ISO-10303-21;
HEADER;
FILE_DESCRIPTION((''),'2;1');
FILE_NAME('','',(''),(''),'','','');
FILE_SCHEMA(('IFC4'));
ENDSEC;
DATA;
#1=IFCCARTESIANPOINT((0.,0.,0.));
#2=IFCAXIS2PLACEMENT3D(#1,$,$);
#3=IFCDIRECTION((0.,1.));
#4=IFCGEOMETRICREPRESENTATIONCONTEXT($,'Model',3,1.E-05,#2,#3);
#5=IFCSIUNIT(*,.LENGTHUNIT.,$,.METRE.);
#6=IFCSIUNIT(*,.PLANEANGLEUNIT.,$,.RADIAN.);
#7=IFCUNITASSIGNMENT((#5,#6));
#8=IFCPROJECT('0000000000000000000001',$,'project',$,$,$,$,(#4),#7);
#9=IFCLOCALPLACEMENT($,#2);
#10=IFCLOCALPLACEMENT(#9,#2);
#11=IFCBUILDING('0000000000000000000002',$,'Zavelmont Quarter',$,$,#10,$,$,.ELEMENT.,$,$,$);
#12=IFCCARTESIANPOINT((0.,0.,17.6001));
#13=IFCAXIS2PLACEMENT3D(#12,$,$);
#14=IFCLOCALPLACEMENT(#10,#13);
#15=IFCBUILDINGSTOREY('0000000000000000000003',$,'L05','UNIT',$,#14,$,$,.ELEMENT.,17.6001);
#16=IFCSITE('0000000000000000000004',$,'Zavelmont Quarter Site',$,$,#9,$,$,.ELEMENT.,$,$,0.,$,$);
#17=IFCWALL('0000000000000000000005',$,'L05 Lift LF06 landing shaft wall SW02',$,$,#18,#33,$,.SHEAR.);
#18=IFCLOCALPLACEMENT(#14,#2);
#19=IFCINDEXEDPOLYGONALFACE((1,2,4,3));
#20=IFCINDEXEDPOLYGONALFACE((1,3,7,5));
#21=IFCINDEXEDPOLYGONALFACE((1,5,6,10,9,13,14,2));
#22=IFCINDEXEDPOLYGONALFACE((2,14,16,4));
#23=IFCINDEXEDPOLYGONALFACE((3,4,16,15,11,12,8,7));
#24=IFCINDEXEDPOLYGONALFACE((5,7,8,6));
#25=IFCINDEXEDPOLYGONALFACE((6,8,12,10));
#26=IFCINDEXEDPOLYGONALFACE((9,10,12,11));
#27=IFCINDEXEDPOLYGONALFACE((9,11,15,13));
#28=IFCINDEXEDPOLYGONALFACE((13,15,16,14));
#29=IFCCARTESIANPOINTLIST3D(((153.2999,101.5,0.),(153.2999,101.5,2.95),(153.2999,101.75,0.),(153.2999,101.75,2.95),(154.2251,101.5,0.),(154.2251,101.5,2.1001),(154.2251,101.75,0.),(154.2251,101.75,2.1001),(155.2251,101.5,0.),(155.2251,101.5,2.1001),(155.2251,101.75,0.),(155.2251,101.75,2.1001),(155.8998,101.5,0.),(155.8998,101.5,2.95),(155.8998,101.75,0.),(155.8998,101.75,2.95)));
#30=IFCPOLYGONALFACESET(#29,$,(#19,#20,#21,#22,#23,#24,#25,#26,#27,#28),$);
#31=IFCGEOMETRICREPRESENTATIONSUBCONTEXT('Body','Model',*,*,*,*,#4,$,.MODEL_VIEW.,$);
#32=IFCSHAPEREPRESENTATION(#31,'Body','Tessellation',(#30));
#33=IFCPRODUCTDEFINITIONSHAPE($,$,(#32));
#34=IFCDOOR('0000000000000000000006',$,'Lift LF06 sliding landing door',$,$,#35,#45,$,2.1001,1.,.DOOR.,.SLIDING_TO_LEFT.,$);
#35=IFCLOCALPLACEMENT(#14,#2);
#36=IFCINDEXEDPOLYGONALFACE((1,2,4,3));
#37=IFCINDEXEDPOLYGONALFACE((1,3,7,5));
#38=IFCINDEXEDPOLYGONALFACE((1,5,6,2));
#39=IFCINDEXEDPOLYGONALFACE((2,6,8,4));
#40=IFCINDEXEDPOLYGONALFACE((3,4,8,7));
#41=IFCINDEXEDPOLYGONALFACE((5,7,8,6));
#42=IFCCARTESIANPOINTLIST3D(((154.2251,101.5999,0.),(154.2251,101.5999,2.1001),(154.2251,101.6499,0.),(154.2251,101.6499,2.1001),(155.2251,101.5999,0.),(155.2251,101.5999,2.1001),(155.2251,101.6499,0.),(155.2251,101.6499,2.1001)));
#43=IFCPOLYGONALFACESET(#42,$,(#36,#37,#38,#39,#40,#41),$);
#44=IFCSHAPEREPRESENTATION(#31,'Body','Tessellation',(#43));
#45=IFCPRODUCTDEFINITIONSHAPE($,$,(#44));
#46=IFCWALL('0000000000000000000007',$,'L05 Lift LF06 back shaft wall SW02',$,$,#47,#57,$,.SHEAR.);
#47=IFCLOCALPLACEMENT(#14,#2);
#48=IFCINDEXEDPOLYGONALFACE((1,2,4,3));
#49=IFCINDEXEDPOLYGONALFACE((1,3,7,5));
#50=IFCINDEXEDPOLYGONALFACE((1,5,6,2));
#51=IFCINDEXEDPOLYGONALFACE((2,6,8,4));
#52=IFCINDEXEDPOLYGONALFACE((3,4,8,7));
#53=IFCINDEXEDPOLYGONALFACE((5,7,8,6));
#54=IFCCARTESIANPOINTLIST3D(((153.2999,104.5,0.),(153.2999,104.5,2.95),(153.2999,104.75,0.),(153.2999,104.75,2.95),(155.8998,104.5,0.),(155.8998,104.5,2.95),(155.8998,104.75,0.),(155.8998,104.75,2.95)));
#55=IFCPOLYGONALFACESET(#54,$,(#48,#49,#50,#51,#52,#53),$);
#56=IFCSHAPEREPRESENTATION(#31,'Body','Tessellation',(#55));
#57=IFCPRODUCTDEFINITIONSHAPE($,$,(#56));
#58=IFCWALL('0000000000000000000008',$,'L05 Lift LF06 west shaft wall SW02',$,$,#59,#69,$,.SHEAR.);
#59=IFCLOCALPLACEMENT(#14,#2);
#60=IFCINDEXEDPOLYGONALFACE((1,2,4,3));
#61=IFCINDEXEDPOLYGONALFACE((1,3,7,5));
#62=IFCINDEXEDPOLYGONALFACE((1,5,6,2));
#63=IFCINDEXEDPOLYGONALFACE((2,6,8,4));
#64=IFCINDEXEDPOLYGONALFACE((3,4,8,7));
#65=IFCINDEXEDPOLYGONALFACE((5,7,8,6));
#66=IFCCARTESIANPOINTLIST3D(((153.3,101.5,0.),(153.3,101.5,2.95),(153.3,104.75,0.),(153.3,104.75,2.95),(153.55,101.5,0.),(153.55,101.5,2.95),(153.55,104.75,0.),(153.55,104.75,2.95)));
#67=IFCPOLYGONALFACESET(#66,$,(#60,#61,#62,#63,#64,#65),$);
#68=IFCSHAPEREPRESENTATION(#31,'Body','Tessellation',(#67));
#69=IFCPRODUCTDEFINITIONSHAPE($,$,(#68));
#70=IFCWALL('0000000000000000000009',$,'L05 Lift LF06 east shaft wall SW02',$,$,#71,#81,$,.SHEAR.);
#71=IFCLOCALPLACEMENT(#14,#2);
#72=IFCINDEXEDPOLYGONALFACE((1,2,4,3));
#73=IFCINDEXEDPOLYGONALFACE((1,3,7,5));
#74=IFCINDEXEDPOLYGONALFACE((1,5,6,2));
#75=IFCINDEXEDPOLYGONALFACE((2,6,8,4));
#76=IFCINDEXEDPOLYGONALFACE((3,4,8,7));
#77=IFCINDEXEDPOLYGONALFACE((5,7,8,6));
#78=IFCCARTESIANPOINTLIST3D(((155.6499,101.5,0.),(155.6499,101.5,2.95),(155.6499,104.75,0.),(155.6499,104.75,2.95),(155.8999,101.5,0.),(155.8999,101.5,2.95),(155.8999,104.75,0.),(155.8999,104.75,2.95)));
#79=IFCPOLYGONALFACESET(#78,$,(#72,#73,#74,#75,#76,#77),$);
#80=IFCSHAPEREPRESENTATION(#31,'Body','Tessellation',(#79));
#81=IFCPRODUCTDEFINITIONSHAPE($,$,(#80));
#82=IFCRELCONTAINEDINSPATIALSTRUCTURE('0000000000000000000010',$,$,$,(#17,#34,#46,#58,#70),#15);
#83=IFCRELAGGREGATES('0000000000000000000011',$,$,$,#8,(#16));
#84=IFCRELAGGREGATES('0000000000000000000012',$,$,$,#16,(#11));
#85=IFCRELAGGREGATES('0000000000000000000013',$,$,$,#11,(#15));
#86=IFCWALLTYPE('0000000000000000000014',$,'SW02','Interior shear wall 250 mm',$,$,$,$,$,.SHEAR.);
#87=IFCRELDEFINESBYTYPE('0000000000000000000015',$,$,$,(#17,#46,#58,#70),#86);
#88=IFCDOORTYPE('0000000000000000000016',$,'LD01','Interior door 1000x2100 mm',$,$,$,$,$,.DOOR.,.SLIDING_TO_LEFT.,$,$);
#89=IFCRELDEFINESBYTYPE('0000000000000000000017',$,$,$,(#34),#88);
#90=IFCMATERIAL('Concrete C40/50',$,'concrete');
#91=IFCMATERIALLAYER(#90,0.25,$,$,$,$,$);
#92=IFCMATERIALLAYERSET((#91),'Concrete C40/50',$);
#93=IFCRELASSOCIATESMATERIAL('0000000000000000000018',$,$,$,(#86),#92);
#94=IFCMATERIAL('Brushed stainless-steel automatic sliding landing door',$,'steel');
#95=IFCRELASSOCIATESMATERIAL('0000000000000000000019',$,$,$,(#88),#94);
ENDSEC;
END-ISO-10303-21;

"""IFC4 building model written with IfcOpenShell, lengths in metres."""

from ifc_helpers import new_model, si_unit, direction, frame, frame_2d, origin, origin_with_axes, place, context, subcontext, project, spatial, rectangle, extrude, material, layer, layer_set, type_object, element, fill, save


model = new_model("IFC4")

# Units and contexts
model_context = context("Model", 3, precision=1e-05, world=origin(), true_north=direction((0.0, 1.0)))
body_context = subcontext(model_context, "Body", "Model", "MODEL_VIEW")
ifc_project = project(units=[si_unit("LENGTHUNIT", "METRE"), si_unit("PLANEANGLEUNIT", "RADIAN")], contexts=[model_context])

# Site, building, storey
site_placement = place(None, origin())
site = spatial("IfcSite", under=ifc_project, at=site_placement, Name="Zavelmont Quarter Site", CompositionType="ELEMENT", RefElevation=0.0)
building_placement = place(site_placement, origin())
building = spatial("IfcBuilding", under=site, at=building_placement, Name="Zavelmont Quarter", CompositionType="ELEMENT")
storey_placement = place(building_placement, frame((0.0, 0.0, 17.6001)))
storey = spatial("IfcBuildingStorey", under=building, at=storey_placement, Name="L05", Description="UNIT", CompositionType="ELEMENT", Elevation=17.6001)

# Shared definitions
ifc_material_1 = material(Name="Concrete C40/50", Category="concrete")

# Wall, opening, door
ifc_layer_1 = layer(ifc_material_1, 0.25)
ifc_layer_set_1 = layer_set([ifc_layer_1], Name="Concrete C40/50")
wall_type_1 = type_object("IfcWallType", Name="SW02", Description="Interior shear wall 250 mm", PredefinedType="SHEAR", material=ifc_layer_set_1)
wall_1_placement = place(storey_placement, frame((153.3, 101.625, 0.0), z_axis=(0.0, 0.0, 1.0), x_axis=(1.0, 0.0, 0.0)))
wall_1 = element("IfcWall", 1, at=wall_1_placement, inside=storey, type_object=wall_type_1, Name="L05 Lift LF06 landing shaft wall SW02", PredefinedType="SHEAR", context=body_context, shape_type="SweptSolid", body=[
    extrude(rectangle(XDim=2.5999, YDim=0.25, at=frame_2d((1.2998, 0.0))), origin(), (0.0, 0.0, 1.0), 2.95),
])
opening_placement = place(wall_1_placement, frame((0.925, 0.0, 0.0)))
opening = element("IfcOpeningElement", 2, at=opening_placement, cuts=wall_1, PredefinedType="OPENING", context=body_context, shape_type="SweptSolid", body=[
    extrude(rectangle(XDim=1.0, YDim=2.1001, at=frame_2d((0.5, 1.05))), frame((0.0, 0.137, 0.0), z_axis=(0.0, -1.0, 0.0), x_axis=(1.0, 0.0, 0.0)), (0.0, 0.0, 1.0), 0.2739),
])
ifc_material_2 = material(Name="Brushed stainless-steel automatic sliding landing door", Category="steel")
door_type = type_object("IfcDoorType", Name="LD01", Description="Interior door 1000x2100 mm", OperationType="SLIDING_TO_LEFT", PredefinedType="DOOR", material=ifc_material_2)
door_placement = place(opening_placement, origin_with_axes())
door = element("IfcDoor", 3, at=door_placement, inside=storey, type_object=door_type, Name="Lift LF06 sliding landing door", OperationType="SLIDING_TO_LEFT", OverallHeight=2.1001, OverallWidth=1.0, PredefinedType="DOOR", context=body_context, shape_type="SweptSolid", body=[
    extrude(rectangle(XDim=1.0, YDim=2.1001, at=frame_2d((0.5, 1.05))), frame((0.0, 0.0249, 0.0), z_axis=(0.0, -1.0, 0.0), x_axis=(1.0, 0.0, 0.0)), (0.0, 0.0, 1.0), 0.05),
])
fill(opening, door)

# Walls
wall_2_placement = place(storey_placement, frame((153.3, 104.625, 0.0), z_axis=(0.0, 0.0, 1.0), x_axis=(1.0, 0.0, 0.0)))
element("IfcWall", 4, at=wall_2_placement, inside=storey, type_object=wall_type_1, Name="L05 Lift LF06 back shaft wall SW02", PredefinedType="SHEAR", context=body_context, shape_type="SweptSolid", body=[
    extrude(rectangle(XDim=2.5999, YDim=0.25, at=frame_2d((1.2998, 0.0))), origin(), (0.0, 0.0, 1.0), 2.95),
])
for number, where, z_axis, x_axis, name in (
    (5, (153.425, 101.5, 0.0), (0.0, 0.0, 1.0), (0.0, 1.0, 0.0), "L05 Lift LF06 west shaft wall SW02"),
    (6, (155.7749, 101.5, 0.0), (0.0, 0.0, 1.0), (0.0, 1.0, 0.0), "L05 Lift LF06 east shaft wall SW02"),
):
    element("IfcWall", number, at=place(storey_placement, frame(where, z_axis=z_axis, x_axis=x_axis)), inside=storey, type_object=wall_type_1, Name=name, PredefinedType="SHEAR", context=body_context, shape_type="SweptSolid", body=[
        extrude(rectangle(XDim=3.25, YDim=0.25, at=frame_2d((1.625, 0.0))), origin(), (0.0, 0.0, 1.0), 2.95),
    ])

save(model, "model.ifc")
